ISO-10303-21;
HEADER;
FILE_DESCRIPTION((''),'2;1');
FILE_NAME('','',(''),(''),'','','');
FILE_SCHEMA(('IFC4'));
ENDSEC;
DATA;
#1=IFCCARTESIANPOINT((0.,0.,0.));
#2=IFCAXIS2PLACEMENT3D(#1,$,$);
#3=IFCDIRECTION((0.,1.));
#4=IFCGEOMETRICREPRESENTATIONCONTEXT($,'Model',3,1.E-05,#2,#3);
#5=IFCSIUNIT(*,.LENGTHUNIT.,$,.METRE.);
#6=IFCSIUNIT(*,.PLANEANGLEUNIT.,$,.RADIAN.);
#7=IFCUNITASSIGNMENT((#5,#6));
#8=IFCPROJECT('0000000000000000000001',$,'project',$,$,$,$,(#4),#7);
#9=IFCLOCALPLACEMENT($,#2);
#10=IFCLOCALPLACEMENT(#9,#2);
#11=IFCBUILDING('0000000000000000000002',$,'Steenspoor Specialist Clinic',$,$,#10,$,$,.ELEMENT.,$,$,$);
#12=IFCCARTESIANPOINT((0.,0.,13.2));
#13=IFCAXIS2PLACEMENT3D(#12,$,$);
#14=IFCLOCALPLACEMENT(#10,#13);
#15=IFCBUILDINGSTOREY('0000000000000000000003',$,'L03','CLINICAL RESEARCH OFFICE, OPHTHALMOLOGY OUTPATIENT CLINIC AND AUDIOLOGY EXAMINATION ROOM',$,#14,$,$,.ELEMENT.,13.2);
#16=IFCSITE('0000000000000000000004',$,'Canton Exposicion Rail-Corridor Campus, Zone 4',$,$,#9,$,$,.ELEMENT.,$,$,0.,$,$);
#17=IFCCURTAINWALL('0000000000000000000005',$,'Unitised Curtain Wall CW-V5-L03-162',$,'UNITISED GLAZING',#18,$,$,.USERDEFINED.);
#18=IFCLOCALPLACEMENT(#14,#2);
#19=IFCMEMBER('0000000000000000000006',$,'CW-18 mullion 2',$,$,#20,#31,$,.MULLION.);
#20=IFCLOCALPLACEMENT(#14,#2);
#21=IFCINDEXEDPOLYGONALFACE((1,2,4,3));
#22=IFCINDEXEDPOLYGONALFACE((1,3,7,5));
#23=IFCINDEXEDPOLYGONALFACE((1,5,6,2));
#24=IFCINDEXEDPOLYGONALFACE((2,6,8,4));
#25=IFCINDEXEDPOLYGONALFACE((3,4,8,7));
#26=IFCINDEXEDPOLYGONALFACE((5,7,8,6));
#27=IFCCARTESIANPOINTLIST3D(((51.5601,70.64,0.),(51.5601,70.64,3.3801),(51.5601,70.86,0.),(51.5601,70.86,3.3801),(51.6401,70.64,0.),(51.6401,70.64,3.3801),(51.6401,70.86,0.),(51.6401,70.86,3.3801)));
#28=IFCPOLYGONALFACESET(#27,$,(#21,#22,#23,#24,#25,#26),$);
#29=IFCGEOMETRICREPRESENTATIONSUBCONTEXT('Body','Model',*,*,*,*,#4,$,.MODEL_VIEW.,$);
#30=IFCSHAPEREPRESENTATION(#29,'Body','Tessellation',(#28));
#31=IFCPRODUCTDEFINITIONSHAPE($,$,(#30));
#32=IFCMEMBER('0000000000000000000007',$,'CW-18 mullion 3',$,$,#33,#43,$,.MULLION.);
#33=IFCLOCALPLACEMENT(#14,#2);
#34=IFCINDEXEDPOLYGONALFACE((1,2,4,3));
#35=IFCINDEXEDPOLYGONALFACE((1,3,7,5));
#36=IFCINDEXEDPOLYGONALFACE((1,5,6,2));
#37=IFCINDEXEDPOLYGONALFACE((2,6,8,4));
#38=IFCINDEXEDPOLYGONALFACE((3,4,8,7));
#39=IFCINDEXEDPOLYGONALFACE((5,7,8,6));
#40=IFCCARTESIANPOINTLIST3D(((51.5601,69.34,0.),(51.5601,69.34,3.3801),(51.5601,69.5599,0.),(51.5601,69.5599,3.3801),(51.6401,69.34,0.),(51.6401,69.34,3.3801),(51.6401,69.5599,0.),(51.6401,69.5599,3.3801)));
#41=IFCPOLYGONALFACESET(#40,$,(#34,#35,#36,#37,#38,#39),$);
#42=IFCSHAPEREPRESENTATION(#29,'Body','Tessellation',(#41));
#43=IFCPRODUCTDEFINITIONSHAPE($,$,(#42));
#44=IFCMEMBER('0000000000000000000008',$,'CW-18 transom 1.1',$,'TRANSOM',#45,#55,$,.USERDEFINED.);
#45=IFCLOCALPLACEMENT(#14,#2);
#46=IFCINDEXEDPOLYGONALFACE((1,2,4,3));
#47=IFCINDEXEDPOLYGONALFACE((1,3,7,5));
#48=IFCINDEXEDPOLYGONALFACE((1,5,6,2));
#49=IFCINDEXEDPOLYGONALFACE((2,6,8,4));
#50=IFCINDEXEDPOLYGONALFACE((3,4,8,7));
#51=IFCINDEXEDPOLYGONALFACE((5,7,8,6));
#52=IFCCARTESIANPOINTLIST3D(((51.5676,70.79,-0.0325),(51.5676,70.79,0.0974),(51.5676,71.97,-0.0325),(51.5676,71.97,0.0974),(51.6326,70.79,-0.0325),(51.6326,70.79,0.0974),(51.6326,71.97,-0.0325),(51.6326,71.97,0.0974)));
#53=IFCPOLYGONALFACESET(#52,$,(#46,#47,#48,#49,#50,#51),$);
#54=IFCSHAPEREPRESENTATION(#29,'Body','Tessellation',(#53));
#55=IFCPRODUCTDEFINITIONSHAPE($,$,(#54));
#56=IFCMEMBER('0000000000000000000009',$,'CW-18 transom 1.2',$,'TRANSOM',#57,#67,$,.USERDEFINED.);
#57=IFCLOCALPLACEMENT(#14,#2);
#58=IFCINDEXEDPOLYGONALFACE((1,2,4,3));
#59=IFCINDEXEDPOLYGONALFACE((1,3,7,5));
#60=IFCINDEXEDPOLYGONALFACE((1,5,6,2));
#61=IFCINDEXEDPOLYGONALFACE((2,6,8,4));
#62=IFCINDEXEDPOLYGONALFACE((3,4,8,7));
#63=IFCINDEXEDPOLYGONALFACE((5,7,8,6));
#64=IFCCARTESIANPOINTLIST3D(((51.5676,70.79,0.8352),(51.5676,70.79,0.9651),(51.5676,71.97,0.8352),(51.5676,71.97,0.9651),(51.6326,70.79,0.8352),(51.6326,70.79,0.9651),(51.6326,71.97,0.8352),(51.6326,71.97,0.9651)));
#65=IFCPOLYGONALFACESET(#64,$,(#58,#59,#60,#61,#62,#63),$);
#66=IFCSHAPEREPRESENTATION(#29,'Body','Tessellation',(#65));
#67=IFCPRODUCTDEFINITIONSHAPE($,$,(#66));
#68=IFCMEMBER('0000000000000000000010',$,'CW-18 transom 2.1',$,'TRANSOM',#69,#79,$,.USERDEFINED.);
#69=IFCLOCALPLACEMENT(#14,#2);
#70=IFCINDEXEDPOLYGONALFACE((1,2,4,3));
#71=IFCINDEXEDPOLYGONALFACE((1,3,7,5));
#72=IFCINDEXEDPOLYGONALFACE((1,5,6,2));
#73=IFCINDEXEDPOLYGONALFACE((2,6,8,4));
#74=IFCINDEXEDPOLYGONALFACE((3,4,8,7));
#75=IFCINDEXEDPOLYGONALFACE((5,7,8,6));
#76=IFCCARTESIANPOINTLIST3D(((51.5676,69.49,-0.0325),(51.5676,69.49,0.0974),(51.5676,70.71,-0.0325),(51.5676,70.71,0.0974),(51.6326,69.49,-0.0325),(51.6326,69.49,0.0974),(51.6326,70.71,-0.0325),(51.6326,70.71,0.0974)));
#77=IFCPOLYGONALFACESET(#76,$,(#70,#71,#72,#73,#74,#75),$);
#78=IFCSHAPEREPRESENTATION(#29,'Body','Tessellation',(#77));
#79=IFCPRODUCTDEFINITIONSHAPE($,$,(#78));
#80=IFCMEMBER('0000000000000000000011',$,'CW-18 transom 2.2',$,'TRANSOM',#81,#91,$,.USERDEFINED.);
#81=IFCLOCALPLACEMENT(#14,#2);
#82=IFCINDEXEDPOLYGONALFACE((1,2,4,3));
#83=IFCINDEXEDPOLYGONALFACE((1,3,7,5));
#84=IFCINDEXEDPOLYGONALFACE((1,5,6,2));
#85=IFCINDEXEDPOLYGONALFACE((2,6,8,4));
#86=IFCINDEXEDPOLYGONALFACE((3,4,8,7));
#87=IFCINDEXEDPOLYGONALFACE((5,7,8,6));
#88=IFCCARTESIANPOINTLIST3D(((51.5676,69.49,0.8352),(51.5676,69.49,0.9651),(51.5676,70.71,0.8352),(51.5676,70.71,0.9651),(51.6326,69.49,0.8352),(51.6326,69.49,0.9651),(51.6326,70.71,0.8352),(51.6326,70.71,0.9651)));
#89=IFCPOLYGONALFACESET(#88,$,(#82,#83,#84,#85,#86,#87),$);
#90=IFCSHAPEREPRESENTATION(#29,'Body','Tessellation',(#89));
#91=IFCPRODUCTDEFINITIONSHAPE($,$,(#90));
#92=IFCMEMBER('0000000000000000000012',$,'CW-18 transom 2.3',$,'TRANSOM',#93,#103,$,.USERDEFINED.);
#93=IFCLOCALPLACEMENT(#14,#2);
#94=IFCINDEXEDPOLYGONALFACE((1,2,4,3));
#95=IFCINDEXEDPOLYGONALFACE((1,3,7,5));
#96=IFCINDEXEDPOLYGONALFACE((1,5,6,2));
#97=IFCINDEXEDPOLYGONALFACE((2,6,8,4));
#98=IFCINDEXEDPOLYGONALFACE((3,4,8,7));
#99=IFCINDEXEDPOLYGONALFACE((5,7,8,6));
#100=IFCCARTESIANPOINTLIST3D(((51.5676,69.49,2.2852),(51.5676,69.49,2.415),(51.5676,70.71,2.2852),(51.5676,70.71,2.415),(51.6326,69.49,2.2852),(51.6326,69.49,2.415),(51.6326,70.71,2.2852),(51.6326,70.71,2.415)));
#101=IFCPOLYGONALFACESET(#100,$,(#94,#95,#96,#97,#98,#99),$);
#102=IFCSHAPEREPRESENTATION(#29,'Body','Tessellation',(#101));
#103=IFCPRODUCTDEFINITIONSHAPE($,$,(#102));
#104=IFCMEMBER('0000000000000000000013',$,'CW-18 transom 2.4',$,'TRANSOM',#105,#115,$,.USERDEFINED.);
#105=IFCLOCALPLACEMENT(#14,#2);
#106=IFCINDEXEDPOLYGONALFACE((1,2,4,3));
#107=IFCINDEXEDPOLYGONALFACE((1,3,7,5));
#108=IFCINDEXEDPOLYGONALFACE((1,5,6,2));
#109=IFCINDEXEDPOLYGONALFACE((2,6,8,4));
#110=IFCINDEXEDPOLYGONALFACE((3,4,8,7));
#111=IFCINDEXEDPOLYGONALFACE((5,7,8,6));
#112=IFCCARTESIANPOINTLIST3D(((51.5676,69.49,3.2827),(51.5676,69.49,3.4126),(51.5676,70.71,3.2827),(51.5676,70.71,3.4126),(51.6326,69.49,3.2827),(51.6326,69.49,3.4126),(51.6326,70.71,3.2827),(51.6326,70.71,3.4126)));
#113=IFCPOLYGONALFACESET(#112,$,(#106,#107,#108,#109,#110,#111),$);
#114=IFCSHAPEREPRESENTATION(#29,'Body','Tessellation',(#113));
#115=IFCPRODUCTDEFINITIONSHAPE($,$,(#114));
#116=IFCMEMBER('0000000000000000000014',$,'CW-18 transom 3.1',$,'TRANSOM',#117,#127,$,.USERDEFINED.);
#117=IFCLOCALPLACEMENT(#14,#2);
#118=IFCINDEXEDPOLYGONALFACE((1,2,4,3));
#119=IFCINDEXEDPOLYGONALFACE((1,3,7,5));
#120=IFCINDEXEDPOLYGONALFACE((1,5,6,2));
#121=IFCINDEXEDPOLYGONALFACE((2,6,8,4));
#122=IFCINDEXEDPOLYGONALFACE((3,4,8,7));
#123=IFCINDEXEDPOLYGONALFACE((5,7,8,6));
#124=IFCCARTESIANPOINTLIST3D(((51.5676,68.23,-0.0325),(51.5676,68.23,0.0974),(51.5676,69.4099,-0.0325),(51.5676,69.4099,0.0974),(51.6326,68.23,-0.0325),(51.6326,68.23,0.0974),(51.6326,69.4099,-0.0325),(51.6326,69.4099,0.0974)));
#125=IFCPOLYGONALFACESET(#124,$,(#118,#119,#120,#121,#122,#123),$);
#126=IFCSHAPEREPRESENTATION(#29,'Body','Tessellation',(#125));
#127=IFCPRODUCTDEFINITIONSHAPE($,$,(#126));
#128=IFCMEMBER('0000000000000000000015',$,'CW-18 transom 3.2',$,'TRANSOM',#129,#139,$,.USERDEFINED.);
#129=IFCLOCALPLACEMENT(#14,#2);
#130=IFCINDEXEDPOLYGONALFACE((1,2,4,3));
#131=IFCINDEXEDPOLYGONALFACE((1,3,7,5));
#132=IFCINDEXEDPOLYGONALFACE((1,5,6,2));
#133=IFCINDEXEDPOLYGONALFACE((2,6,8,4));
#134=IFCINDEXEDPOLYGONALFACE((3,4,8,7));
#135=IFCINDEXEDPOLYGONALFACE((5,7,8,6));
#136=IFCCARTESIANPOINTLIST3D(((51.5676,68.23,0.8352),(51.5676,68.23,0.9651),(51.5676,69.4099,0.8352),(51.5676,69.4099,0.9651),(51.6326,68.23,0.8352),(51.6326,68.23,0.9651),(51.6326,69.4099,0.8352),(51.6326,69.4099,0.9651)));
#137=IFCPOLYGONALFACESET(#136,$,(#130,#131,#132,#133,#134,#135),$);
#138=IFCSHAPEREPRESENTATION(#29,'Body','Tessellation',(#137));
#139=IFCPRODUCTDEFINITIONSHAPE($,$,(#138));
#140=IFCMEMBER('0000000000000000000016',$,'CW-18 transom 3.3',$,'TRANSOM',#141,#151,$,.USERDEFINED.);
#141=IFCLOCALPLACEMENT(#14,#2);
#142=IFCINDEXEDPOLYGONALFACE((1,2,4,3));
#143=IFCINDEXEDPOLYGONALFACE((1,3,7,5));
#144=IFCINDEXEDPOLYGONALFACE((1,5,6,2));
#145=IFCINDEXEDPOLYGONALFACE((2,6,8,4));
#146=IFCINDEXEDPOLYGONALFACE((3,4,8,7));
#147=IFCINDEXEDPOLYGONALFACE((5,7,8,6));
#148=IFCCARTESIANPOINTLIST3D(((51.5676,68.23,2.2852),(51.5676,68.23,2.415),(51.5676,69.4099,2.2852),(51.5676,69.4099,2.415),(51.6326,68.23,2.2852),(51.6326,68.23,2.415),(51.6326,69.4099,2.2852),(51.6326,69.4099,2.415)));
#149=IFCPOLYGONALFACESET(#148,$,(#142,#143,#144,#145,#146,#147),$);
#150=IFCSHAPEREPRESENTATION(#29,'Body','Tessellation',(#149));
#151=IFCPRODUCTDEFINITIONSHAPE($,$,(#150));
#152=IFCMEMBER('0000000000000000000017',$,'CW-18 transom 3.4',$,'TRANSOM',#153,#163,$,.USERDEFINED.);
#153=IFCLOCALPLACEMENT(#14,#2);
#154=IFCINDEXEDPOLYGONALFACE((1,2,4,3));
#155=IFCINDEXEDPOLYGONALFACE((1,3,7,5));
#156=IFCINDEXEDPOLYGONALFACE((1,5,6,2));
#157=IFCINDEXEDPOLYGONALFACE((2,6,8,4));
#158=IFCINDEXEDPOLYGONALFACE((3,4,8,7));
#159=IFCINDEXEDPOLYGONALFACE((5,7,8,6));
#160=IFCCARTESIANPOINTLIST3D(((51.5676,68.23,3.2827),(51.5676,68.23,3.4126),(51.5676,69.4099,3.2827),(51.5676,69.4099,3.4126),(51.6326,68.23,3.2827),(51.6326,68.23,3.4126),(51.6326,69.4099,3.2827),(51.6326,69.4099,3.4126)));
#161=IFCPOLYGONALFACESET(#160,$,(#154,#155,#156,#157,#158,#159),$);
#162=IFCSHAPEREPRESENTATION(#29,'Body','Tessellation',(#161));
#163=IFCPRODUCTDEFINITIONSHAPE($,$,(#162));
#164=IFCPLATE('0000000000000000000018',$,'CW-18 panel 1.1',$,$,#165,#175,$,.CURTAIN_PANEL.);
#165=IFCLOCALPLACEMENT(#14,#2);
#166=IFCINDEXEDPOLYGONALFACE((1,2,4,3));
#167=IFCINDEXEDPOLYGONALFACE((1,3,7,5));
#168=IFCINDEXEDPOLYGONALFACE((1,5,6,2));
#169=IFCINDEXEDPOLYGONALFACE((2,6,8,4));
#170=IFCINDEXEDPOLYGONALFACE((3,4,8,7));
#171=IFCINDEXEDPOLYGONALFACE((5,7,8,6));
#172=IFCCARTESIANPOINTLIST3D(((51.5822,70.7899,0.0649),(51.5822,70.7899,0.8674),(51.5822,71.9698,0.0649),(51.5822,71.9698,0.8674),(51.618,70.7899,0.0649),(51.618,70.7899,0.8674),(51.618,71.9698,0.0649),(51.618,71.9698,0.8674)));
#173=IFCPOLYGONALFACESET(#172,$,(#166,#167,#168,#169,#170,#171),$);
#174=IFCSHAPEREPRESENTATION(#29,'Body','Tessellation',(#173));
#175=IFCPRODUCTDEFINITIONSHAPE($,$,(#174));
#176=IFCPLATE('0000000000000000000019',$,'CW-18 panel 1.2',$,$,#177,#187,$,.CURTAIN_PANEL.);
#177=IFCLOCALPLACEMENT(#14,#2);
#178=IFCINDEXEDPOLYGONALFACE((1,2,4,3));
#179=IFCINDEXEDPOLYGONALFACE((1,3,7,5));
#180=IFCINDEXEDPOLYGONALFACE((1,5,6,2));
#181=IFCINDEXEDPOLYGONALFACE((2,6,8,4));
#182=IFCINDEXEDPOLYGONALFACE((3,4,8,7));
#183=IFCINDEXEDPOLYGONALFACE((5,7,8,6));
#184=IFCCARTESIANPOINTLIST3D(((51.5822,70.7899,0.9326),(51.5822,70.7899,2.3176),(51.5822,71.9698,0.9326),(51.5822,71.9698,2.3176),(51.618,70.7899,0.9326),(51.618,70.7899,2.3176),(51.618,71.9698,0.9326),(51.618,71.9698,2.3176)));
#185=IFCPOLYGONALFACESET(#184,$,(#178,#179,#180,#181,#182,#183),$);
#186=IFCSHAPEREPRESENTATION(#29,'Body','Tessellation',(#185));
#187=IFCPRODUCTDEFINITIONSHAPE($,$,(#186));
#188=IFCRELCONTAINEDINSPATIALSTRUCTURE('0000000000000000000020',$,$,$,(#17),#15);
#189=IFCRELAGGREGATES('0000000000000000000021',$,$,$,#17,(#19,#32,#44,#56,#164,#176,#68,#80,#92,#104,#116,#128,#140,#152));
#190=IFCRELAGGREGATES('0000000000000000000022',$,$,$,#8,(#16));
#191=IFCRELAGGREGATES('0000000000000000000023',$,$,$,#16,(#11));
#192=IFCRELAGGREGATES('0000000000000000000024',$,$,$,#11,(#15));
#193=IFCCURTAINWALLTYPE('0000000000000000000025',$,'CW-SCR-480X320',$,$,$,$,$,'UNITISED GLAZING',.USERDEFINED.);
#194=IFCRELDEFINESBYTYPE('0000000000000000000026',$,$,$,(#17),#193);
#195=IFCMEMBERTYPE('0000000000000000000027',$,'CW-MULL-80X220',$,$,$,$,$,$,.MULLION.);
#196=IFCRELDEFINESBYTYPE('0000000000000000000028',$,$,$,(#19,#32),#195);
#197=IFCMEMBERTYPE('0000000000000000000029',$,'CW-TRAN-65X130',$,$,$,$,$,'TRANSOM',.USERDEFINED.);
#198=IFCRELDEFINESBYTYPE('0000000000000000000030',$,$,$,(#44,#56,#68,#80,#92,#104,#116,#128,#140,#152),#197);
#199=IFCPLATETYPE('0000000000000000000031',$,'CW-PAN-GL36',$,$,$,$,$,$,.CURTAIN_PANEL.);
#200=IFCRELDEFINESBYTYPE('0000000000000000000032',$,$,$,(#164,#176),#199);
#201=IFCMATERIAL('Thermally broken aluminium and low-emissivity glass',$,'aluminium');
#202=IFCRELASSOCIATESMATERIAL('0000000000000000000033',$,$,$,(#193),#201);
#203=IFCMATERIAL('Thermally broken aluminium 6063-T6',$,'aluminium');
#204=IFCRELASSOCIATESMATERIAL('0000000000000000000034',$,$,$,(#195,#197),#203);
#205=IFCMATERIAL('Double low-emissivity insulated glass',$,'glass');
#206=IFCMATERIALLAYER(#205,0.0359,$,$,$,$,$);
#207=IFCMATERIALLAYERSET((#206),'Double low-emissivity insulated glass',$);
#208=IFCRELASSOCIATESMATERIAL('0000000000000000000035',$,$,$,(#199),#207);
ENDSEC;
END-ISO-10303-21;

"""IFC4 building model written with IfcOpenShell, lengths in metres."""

from ifc_helpers import new_model, si_unit, direction, frame, origin, origin_2d, place, context, subcontext, project, spatial, rectangle, extrude, material, layer, layer_set, material_profile, profile_set, type_object, element, aggregate, save


model = new_model("IFC4")

# Units and contexts
model_context = context("Model", 3, precision=1e-05, world=origin(), true_north=direction((0.0, 1.0)))
body_context = subcontext(model_context, "Body", "Model", "MODEL_VIEW")
ifc_project = project(units=[si_unit("LENGTHUNIT", "METRE"), si_unit("PLANEANGLEUNIT", "RADIAN")], contexts=[model_context])

# Site, building, storey
site_placement = place(None, origin())
site = spatial("IfcSite", under=ifc_project, at=site_placement, Name="Canton Exposicion Rail-Corridor Campus, Zone 4", CompositionType="ELEMENT", RefElevation=0.0)
building_placement = place(site_placement, origin())
building = spatial("IfcBuilding", under=site, at=building_placement, Name="Steenspoor Specialist Clinic", CompositionType="ELEMENT")
storey_placement = place(building_placement, frame((0.0, 0.0, 13.2)))
storey = spatial("IfcBuildingStorey", under=building, at=storey_placement, Name="L03", Description="CLINICAL RESEARCH OFFICE, OPHTHALMOLOGY OUTPATIENT CLINIC AND AUDIOLOGY EXAMINATION ROOM", CompositionType="ELEMENT", Elevation=13.2)

# Curtain wall, members, plates
ifc_material_1 = material(Name="Thermally broken aluminium and low-emissivity glass", Category="aluminium")
curtain_wall_type = type_object("IfcCurtainWallType", Name="CW-SCR-480X320", ElementType="UNITISED GLAZING", PredefinedType="USERDEFINED", material=ifc_material_1)
curtain_wall_placement = place(storey_placement, origin())
curtain_wall = element("IfcCurtainWall", 1, at=curtain_wall_placement, inside=storey, type_object=curtain_wall_type, Name="Unitised Curtain Wall CW-V5-L03-162", ObjectType="UNITISED GLAZING", PredefinedType="USERDEFINED")
ifc_material_2 = material(Name="Thermally broken aluminium 6063-T6", Category="aluminium")
ifc_material_profile_1 = material_profile(ifc_material_2, rectangle(XDim=0.0801, YDim=0.22, at=origin_2d()), Name="CWM-80X220")
ifc_profile_set_1 = profile_set([ifc_material_profile_1], Name="Thermally broken aluminium 6063-T6")
member_type_1 = type_object("IfcMemberType", Name="CW-MULL-80X220", PredefinedType="MULLION", material=ifc_profile_set_1)
member_1_placement = place(storey_placement, frame((51.6001, 70.75, 0.0), z_axis=(0.0, 0.0, 1.0), x_axis=(1.0, 0.0, 0.0)))
member_1 = element("IfcMember", 2, at=member_1_placement, type_object=member_type_1, Name="CW-18 mullion 2", PredefinedType="MULLION", context=body_context, shape_type="SweptSolid", body=[
    extrude(rectangle(XDim=0.0801, YDim=0.22, at=origin_2d()), origin(), (0.0, 0.0, 1.0), 3.3801),
])
member_2_placement = place(storey_placement, frame((51.6001, 69.45, 0.0), z_axis=(0.0, 0.0, 1.0), x_axis=(1.0, 0.0, 0.0)))
member_2 = element("IfcMember", 3, at=member_2_placement, type_object=member_type_1, Name="CW-18 mullion 3", PredefinedType="MULLION", context=body_context, shape_type="SweptSolid", body=[
    extrude(rectangle(XDim=0.0801, YDim=0.22, at=origin_2d()), origin(), (0.0, 0.0, 1.0), 3.3801),
])
ifc_material_profile_2 = material_profile(ifc_material_2, rectangle(XDim=0.0649, YDim=0.1299, at=origin_2d()), Name="CWT-65X130")
ifc_profile_set_2 = profile_set([ifc_material_profile_2], Name="Thermally broken aluminium 6063-T6")
member_type_2 = type_object("IfcMemberType", Name="CW-TRAN-65X130", ElementType="TRANSOM", PredefinedType="USERDEFINED", material=ifc_profile_set_2)
member_3_placement = place(storey_placement, frame((51.6001, 71.97, 0.0325), z_axis=(0.0, -1.0, 0.0), x_axis=(1.0, 0.0, 0.0)))
member_3 = element("IfcMember", 4, at=member_3_placement, type_object=member_type_2, Name="CW-18 transom 1.1", ObjectType="TRANSOM", PredefinedType="USERDEFINED", context=body_context, shape_type="SweptSolid", body=[
    extrude(rectangle(XDim=0.0649, YDim=0.1299, at=origin_2d()), origin(), (0.0, 0.0, 1.0), 1.1799),
])
member_4_placement = place(storey_placement, frame((51.6001, 71.97, 0.9001), z_axis=(0.0, -1.0, 0.0), x_axis=(1.0, 0.0, 0.0)))
member_4 = element("IfcMember", 5, at=member_4_placement, type_object=member_type_2, Name="CW-18 transom 1.2", ObjectType="TRANSOM", PredefinedType="USERDEFINED", context=body_context, shape_type="SweptSolid", body=[
    extrude(rectangle(XDim=0.0649, YDim=0.1299, at=origin_2d()), origin(), (0.0, 0.0, 1.0), 1.1799),
])
member_5_placement = place(storey_placement, frame((51.6001, 70.71, 0.0325), z_axis=(0.0, -1.0, 0.0), x_axis=(1.0, 0.0, 0.0)))
member_5 = element("IfcMember", 6, at=member_5_placement, type_object=member_type_2, Name="CW-18 transom 2.1", ObjectType="TRANSOM", PredefinedType="USERDEFINED", context=body_context, shape_type="SweptSolid", body=[
    extrude(rectangle(XDim=0.0649, YDim=0.1299, at=origin_2d()), origin(), (0.0, 0.0, 1.0), 1.22),
])
member_6_placement = place(storey_placement, frame((51.6001, 70.71, 0.9001), z_axis=(0.0, -1.0, 0.0), x_axis=(1.0, 0.0, 0.0)))
member_6 = element("IfcMember", 7, at=member_6_placement, type_object=member_type_2, Name="CW-18 transom 2.2", ObjectType="TRANSOM", PredefinedType="USERDEFINED", context=body_context, shape_type="SweptSolid", body=[
    extrude(rectangle(XDim=0.0649, YDim=0.1299, at=origin_2d()), origin(), (0.0, 0.0, 1.0), 1.22),
])
member_7_placement = place(storey_placement, frame((51.6001, 70.71, 2.3501), z_axis=(0.0, -1.0, 0.0), x_axis=(1.0, 0.0, 0.0)))
member_7 = element("IfcMember", 8, at=member_7_placement, type_object=member_type_2, Name="CW-18 transom 2.3", ObjectType="TRANSOM", PredefinedType="USERDEFINED", context=body_context, shape_type="SweptSolid", body=[
    extrude(rectangle(XDim=0.0649, YDim=0.1299, at=origin_2d()), origin(), (0.0, 0.0, 1.0), 1.22),
])
member_8_placement = place(storey_placement, frame((51.6001, 70.71, 3.3477), z_axis=(0.0, -1.0, 0.0), x_axis=(1.0, 0.0, 0.0)))
member_8 = element("IfcMember", 9, at=member_8_placement, type_object=member_type_2, Name="CW-18 transom 2.4", ObjectType="TRANSOM", PredefinedType="USERDEFINED", context=body_context, shape_type="SweptSolid", body=[
    extrude(rectangle(XDim=0.0649, YDim=0.1299, at=origin_2d()), origin(), (0.0, 0.0, 1.0), 1.22),
])
member_9_placement = place(storey_placement, frame((51.6001, 69.4099, 0.0325), z_axis=(0.0, -1.0, 0.0), x_axis=(1.0, 0.0, 0.0)))
member_9 = element("IfcMember", 10, at=member_9_placement, type_object=member_type_2, Name="CW-18 transom 3.1", ObjectType="TRANSOM", PredefinedType="USERDEFINED", context=body_context, shape_type="SweptSolid", body=[
    extrude(rectangle(XDim=0.0649, YDim=0.1299, at=origin_2d()), origin(), (0.0, 0.0, 1.0), 1.1799),
])
member_10_placement = place(storey_placement, frame((51.6001, 69.4099, 0.9001), z_axis=(0.0, -1.0, 0.0), x_axis=(1.0, 0.0, 0.0)))
member_10 = element("IfcMember", 11, at=member_10_placement, type_object=member_type_2, Name="CW-18 transom 3.2", ObjectType="TRANSOM", PredefinedType="USERDEFINED", context=body_context, shape_type="SweptSolid", body=[
    extrude(rectangle(XDim=0.0649, YDim=0.1299, at=origin_2d()), origin(), (0.0, 0.0, 1.0), 1.1799),
])
member_11_placement = place(storey_placement, frame((51.6001, 69.4099, 2.3501), z_axis=(0.0, -1.0, 0.0), x_axis=(1.0, 0.0, 0.0)))
member_11 = element("IfcMember", 12, at=member_11_placement, type_object=member_type_2, Name="CW-18 transom 3.3", ObjectType="TRANSOM", PredefinedType="USERDEFINED", context=body_context, shape_type="SweptSolid", body=[
    extrude(rectangle(XDim=0.0649, YDim=0.1299, at=origin_2d()), origin(), (0.0, 0.0, 1.0), 1.1799),
])
member_12_placement = place(storey_placement, frame((51.6001, 69.4099, 3.3477), z_axis=(0.0, -1.0, 0.0), x_axis=(1.0, 0.0, 0.0)))
member_12 = element("IfcMember", 13, at=member_12_placement, type_object=member_type_2, Name="CW-18 transom 3.4", ObjectType="TRANSOM", PredefinedType="USERDEFINED", context=body_context, shape_type="SweptSolid", body=[
    extrude(rectangle(XDim=0.0649, YDim=0.1299, at=origin_2d()), origin(), (0.0, 0.0, 1.0), 1.1799),
])
ifc_material_3 = material(Name="Double low-emissivity insulated glass", Category="glass")
ifc_layer_1 = layer(ifc_material_3, 0.0359)
ifc_layer_set_1 = layer_set([ifc_layer_1], Name="Double low-emissivity insulated glass")
plate_type = type_object("IfcPlateType", Name="CW-PAN-GL36", PredefinedType="CURTAIN_PANEL", material=ifc_layer_set_1)
plate_1_placement = place(storey_placement, frame((51.6001, 71.3799, 0.0649), z_axis=(0.0, 0.0, 1.0), x_axis=(0.0, -1.0, 0.0)))
plate_1 = element("IfcPlate", 14, at=plate_1_placement, type_object=plate_type, Name="CW-18 panel 1.1", PredefinedType="CURTAIN_PANEL", context=body_context, shape_type="SweptSolid", body=[
    extrude(rectangle(XDim=1.1799, YDim=0.0359, at=origin_2d()), origin(), (0.0, 0.0, 1.0), 0.8025),
])
plate_2_placement = place(storey_placement, frame((51.6001, 71.3799, 0.9326), z_axis=(0.0, 0.0, 1.0), x_axis=(0.0, -1.0, 0.0)))
plate_2 = element("IfcPlate", 15, at=plate_2_placement, type_object=plate_type, Name="CW-18 panel 1.2", PredefinedType="CURTAIN_PANEL", context=body_context, shape_type="SweptSolid", body=[
    extrude(rectangle(XDim=1.1799, YDim=0.0359, at=origin_2d()), origin(), (0.0, 0.0, 1.0), 1.385),
])
aggregate(curtain_wall, [member_1, member_2, member_3, member_4, plate_1, plate_2, member_5, member_6, member_7, member_8, member_9, member_10, member_11, member_12])

save(model, "model.ifc")
